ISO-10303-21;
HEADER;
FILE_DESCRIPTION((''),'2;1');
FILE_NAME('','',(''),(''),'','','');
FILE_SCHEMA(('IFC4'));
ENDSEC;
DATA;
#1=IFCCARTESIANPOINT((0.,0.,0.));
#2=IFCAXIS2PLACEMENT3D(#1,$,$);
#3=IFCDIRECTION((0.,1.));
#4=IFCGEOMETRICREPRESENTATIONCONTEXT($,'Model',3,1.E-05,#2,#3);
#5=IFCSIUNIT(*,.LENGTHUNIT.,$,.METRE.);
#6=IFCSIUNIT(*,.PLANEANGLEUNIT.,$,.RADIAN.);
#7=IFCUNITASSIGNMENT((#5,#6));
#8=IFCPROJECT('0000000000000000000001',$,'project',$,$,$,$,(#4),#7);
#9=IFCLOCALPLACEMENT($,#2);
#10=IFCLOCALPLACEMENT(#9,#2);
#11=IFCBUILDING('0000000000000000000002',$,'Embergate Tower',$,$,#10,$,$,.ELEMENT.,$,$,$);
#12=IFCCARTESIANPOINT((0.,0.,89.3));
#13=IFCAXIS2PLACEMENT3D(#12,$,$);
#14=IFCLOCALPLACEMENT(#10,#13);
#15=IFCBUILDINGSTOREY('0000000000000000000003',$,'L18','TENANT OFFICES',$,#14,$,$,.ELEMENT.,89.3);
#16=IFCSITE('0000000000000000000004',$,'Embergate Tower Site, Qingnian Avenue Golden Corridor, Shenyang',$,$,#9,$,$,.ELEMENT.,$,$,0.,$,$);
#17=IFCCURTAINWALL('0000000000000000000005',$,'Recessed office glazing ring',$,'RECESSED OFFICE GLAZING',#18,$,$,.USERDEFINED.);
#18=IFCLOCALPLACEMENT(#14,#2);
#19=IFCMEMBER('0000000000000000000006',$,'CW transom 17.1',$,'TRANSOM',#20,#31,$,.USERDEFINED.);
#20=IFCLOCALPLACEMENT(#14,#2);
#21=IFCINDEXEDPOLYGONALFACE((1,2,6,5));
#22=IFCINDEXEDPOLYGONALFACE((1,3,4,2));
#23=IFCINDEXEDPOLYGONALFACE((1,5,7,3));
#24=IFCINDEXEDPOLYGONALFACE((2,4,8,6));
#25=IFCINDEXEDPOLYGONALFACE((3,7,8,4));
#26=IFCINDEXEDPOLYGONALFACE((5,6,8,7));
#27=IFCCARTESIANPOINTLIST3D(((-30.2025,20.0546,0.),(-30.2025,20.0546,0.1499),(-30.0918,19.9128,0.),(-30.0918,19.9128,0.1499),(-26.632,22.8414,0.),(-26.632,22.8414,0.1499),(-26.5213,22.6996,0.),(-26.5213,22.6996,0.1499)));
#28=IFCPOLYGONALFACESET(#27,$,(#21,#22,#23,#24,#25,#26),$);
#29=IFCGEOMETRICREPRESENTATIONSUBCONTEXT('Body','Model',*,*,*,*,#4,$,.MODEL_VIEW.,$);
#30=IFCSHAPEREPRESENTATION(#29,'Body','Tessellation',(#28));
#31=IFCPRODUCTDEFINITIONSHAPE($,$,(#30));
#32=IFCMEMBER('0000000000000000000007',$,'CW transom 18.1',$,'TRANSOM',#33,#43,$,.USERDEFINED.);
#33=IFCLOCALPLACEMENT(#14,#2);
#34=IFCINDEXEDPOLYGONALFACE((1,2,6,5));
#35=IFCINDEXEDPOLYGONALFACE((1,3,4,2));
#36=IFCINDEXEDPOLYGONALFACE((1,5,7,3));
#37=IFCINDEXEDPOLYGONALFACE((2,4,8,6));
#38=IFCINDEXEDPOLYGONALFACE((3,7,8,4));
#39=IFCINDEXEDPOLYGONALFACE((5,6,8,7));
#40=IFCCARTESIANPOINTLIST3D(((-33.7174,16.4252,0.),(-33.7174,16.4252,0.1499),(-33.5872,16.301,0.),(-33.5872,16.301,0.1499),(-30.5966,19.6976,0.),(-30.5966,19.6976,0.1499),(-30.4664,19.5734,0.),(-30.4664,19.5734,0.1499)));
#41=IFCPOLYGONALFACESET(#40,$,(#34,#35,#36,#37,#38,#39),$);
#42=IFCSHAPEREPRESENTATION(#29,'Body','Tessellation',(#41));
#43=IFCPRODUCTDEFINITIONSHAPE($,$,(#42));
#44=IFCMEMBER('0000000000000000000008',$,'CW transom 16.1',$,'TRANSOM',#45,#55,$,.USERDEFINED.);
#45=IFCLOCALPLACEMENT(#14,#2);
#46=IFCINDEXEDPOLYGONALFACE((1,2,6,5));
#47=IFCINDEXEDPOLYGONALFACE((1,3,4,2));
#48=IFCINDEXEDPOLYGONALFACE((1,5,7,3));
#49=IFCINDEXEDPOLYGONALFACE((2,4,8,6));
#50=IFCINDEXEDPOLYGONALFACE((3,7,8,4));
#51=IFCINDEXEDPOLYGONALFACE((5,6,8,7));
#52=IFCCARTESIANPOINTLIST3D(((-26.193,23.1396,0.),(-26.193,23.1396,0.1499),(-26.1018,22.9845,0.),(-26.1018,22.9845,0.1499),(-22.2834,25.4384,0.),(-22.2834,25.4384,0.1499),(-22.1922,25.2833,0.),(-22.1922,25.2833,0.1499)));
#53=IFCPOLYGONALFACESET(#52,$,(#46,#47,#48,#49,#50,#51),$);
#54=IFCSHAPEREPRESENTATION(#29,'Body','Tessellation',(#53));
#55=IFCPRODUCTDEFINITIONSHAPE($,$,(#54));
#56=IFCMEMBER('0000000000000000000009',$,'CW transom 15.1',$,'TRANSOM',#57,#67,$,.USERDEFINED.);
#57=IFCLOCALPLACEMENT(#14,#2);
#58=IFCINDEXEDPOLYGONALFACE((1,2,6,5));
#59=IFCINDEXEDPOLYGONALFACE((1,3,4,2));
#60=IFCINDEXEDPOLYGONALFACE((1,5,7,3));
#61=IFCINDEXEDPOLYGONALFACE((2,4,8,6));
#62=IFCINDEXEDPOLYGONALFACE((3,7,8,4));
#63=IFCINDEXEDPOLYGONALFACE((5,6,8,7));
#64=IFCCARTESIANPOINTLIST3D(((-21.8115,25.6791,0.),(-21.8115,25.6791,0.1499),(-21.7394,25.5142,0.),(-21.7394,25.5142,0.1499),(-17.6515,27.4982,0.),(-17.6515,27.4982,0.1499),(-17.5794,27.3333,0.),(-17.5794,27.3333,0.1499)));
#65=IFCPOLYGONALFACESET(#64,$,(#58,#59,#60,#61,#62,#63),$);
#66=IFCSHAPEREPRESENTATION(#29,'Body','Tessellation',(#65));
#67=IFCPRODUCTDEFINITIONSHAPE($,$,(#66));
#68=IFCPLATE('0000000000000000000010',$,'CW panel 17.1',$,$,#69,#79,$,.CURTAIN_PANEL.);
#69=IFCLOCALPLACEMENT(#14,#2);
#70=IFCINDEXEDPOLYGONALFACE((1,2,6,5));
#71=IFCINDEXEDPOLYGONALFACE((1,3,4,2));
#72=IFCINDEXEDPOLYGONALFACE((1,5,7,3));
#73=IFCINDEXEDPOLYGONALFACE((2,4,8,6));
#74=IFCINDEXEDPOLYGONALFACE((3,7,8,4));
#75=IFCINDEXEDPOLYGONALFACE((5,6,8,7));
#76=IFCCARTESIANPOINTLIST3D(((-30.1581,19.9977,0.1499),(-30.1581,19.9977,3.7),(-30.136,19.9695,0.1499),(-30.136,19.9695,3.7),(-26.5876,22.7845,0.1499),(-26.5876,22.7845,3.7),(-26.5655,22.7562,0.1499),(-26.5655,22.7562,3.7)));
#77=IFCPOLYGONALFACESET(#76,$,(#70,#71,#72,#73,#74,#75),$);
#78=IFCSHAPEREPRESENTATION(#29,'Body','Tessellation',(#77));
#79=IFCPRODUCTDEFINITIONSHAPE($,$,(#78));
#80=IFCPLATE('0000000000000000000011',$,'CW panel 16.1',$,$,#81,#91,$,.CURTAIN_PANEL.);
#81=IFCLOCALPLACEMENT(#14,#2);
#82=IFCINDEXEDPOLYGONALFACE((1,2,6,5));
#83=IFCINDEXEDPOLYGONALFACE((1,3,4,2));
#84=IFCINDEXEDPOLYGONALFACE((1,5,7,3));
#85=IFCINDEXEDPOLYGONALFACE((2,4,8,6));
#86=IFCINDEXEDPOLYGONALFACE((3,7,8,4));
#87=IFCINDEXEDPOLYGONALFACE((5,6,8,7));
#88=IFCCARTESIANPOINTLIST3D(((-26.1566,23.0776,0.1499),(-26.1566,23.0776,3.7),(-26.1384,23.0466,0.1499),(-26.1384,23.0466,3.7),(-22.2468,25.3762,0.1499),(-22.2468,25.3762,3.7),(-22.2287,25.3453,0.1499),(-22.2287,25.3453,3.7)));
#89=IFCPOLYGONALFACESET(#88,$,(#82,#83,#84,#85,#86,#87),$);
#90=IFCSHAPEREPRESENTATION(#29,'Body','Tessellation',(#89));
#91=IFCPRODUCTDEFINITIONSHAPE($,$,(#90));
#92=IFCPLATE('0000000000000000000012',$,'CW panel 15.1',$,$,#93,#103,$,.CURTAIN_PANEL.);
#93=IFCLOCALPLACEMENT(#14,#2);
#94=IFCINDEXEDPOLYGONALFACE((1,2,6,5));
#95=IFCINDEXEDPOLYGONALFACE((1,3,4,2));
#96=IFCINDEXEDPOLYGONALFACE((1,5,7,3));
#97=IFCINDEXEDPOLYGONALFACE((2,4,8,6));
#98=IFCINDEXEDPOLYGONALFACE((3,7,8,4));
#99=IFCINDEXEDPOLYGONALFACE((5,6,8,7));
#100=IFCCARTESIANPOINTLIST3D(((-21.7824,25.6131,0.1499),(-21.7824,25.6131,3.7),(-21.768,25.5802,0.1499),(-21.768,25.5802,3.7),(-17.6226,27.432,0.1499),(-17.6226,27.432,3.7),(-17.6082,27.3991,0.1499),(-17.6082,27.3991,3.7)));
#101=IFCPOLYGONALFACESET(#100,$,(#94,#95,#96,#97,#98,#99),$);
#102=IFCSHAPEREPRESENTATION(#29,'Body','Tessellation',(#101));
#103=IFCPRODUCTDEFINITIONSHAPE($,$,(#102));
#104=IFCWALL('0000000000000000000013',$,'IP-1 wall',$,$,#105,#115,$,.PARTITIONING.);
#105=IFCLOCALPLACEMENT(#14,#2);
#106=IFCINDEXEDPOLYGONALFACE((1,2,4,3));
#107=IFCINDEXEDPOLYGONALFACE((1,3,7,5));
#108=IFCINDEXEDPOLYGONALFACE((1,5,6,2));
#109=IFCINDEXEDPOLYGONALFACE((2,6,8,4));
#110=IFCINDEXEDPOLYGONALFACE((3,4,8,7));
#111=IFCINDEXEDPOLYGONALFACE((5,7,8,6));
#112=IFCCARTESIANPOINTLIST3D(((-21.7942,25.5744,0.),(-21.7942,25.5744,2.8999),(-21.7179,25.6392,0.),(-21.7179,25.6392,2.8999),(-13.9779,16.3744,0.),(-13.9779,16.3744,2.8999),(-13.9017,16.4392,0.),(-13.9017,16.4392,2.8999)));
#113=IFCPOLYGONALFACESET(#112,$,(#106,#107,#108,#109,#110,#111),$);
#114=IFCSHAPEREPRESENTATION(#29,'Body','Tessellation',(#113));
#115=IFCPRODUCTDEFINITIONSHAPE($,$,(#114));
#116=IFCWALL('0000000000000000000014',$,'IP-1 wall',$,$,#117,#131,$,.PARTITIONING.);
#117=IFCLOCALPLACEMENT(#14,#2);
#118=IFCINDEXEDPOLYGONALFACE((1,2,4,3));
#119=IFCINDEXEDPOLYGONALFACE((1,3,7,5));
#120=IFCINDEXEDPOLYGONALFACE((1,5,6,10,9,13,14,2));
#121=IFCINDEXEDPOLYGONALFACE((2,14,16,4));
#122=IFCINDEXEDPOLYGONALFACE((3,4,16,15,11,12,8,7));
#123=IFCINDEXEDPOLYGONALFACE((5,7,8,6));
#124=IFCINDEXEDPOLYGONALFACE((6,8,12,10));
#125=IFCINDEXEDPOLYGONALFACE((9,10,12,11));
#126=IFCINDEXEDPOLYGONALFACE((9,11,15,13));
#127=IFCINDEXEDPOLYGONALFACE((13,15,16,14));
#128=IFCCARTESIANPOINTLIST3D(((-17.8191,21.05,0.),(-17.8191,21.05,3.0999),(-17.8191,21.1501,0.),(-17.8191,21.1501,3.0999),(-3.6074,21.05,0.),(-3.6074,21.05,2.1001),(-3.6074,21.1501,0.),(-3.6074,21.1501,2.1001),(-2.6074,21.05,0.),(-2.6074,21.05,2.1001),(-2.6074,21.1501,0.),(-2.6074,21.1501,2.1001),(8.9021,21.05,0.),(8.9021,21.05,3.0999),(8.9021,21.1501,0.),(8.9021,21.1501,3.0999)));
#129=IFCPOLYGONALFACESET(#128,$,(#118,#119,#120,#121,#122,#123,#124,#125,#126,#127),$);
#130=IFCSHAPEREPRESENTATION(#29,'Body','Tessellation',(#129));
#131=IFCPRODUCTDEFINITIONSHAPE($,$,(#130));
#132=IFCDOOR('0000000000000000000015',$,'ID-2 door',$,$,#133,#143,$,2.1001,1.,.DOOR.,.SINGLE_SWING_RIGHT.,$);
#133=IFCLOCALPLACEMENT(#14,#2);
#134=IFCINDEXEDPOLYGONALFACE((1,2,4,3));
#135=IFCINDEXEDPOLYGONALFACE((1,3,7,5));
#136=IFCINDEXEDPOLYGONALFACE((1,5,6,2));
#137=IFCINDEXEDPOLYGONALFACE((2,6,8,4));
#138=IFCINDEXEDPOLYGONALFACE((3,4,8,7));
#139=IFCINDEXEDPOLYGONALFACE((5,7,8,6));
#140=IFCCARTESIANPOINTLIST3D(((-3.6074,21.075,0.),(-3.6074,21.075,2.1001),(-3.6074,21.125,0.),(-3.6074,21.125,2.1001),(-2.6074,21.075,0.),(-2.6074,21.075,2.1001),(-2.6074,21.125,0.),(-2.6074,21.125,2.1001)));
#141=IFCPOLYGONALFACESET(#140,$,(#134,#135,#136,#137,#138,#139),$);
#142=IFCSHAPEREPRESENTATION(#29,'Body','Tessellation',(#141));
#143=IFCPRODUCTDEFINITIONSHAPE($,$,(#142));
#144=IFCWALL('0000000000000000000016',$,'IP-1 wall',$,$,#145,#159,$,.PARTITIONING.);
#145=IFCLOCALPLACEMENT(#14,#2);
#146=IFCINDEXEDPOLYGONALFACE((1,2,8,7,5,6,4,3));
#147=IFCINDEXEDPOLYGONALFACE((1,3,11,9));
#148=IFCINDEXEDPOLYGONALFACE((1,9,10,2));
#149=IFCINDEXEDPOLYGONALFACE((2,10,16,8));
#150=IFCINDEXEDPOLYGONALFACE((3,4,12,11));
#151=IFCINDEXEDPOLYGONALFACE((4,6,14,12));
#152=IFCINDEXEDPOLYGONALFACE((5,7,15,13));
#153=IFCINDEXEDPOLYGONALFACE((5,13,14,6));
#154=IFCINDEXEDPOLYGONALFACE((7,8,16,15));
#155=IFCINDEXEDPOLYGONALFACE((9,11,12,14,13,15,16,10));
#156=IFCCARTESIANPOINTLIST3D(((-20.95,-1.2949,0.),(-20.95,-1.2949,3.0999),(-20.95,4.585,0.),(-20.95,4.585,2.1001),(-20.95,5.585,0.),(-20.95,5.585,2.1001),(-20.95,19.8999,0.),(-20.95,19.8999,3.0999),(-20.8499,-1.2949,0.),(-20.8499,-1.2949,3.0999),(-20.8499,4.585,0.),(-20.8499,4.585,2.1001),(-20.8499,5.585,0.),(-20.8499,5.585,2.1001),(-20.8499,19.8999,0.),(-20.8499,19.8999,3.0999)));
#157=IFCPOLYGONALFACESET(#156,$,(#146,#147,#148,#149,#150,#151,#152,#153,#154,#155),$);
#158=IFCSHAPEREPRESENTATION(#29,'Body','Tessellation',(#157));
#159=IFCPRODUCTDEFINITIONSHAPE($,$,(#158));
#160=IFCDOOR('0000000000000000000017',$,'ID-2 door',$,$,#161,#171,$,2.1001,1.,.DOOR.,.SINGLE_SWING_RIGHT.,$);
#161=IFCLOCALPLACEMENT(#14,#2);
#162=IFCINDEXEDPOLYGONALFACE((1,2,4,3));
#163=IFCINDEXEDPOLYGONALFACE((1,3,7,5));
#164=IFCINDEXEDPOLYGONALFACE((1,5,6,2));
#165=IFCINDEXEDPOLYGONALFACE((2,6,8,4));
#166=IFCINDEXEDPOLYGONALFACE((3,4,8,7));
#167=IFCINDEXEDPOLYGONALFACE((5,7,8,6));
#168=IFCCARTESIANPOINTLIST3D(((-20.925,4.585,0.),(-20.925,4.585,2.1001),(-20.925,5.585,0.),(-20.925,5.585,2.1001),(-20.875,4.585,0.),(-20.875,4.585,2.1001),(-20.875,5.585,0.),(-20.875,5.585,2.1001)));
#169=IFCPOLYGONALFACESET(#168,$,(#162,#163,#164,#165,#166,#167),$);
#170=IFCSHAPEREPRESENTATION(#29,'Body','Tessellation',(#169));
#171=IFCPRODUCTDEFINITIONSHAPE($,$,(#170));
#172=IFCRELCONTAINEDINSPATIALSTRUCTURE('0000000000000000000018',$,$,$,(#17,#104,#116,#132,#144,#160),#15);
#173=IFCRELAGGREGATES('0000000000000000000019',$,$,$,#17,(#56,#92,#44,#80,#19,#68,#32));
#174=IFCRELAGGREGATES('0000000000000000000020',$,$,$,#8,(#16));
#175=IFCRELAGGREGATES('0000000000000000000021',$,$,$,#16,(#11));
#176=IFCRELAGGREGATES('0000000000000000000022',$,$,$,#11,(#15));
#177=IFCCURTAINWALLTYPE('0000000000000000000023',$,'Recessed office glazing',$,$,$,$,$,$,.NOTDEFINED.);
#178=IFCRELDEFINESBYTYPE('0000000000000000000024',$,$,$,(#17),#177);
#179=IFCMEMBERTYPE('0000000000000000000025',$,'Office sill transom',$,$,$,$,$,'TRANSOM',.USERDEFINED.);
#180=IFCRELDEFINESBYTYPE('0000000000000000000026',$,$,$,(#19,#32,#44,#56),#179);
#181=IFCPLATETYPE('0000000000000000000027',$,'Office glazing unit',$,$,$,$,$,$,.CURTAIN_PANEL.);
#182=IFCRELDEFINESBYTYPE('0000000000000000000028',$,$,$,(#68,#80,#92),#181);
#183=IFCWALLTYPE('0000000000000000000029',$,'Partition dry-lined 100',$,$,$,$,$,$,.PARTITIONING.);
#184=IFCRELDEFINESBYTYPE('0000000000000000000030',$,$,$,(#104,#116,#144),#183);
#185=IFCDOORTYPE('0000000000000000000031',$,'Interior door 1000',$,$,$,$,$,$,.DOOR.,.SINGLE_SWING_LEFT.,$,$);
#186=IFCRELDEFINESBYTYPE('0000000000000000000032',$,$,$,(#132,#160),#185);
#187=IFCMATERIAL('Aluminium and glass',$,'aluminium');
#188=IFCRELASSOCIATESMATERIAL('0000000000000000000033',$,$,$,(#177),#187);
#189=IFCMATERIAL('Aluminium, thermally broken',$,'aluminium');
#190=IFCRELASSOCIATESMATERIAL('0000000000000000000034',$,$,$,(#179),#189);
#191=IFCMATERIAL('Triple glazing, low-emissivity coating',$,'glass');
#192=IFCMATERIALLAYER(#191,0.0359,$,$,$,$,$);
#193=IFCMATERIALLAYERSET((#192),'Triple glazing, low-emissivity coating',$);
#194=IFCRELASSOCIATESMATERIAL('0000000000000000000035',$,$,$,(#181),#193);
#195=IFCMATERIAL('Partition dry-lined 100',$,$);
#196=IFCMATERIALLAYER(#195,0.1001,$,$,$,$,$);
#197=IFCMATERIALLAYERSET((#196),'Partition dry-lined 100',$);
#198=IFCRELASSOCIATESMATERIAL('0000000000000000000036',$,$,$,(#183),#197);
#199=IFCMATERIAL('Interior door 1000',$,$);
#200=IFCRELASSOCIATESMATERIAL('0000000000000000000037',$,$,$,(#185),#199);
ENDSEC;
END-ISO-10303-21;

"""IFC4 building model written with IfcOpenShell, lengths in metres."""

from ifc_helpers import new_model, si_unit, direction, frame, frame_2d, origin, origin_2d, place, context, subcontext, project, spatial, rectangle, extrude, source, transform, mapped, material, layer, layer_set, material_profile, profile_set, type_object, element, fill, aggregate, save


model = new_model("IFC4")

# Units and contexts
model_context = context("Model", 3, precision=1e-05, world=origin(), true_north=direction((0.0, 1.0)))
body_context = subcontext(model_context, "Body", "Model", "MODEL_VIEW")
ifc_project = project(units=[si_unit("LENGTHUNIT", "METRE"), si_unit("PLANEANGLEUNIT", "RADIAN")], contexts=[model_context])

# Site, building, storey
site_placement = place(None, origin())
site = spatial("IfcSite", under=ifc_project, at=site_placement, Name="Embergate Tower Site, Qingnian Avenue Golden Corridor, Shenyang", CompositionType="ELEMENT", RefElevation=0.0)
building_placement = place(site_placement, origin())
building = spatial("IfcBuilding", under=site, at=building_placement, Name="Embergate Tower", CompositionType="ELEMENT")
storey_placement = place(building_placement, frame((0.0, 0.0, 89.3)))
storey = spatial("IfcBuildingStorey", under=building, at=storey_placement, Name="L18", Description="TENANT OFFICES", CompositionType="ELEMENT", Elevation=89.3)

# Curtain wall, members, plates
ifc_material_1 = material(Name="Aluminium and glass", Category="aluminium")
curtain_wall_type = type_object("IfcCurtainWallType", Name="Recessed office glazing", PredefinedType="NOTDEFINED", material=ifc_material_1)
curtain_wall_placement = place(storey_placement, origin())
curtain_wall = element("IfcCurtainWall", 1, at=curtain_wall_placement, inside=storey, type_object=curtain_wall_type, Name="Recessed office glazing ring", ObjectType="RECESSED OFFICE GLAZING", PredefinedType="USERDEFINED")
ifc_material_2 = material(Name="Aluminium, thermally broken", Category="aluminium")
ifc_material_profile_1 = material_profile(ifc_material_2, rectangle(XDim=0.1799, YDim=0.1499, at=origin_2d()), Name="AL 150x180")
ifc_profile_set_1 = profile_set([ifc_material_profile_1], Name="Aluminium, thermally broken")
member_type_1 = type_object("IfcMemberType", Name="Office sill transom", ElementType="TRANSOM", PredefinedType="USERDEFINED", material=ifc_profile_set_1)
shared_shape_1 = source(origin(), body_context, "Body", "SweptSolid", [
    extrude(rectangle(XDim=0.1799, YDim=0.1499, at=origin_2d()), origin(), (0.0, 0.0, 1.0), 4.5293),
])
member_1_placement = place(storey_placement, frame((-26.5767, 22.7705, 0.075), z_axis=(-0.788306, -0.615283, 0.0), x_axis=(0.615283, -0.788306, 0.0)))
member_1 = element("IfcMember", 2, at=member_1_placement, type_object=member_type_1, Name="CW transom 17.1", ObjectType="TRANSOM", PredefinedType="USERDEFINED", context=body_context, shape_type="MappedRepresentation", body=[
    mapped(shared_shape_1, transform((0.0, 0.0, 0.0))),
])
shared_shape_2 = source(origin(), body_context, "Body", "SweptSolid", [
    extrude(rectangle(XDim=0.1799, YDim=0.1499, at=origin_2d()), origin(), (0.0, 0.0, 1.0), 4.522),
])
member_2_placement = place(storey_placement, frame((-30.5315, 19.6355, 0.075), z_axis=(-0.690144, -0.723672, 0.0), x_axis=(0.723672, -0.690144, 0.0)))
member_2 = element("IfcMember", 3, at=member_2_placement, type_object=member_type_1, Name="CW transom 18.1", ObjectType="TRANSOM", PredefinedType="USERDEFINED", context=body_context, shape_type="MappedRepresentation", body=[
    mapped(shared_shape_2, transform((0.0, 0.0, 0.0))),
])
shared_shape_3 = source(origin(), body_context, "Body", "SweptSolid", [
    extrude(rectangle(XDim=0.1799, YDim=0.1499, at=origin_2d()), origin(), (0.0, 0.0, 1.0), 4.5354),
])
member_3_placement = place(storey_placement, frame((-22.2378, 25.3608, 0.075), z_axis=(-0.862028, -0.50686, 0.0), x_axis=(0.50686, -0.862028, 0.0)))
member_3 = element("IfcMember", 4, at=member_3_placement, type_object=member_type_1, Name="CW transom 16.1", ObjectType="TRANSOM", PredefinedType="USERDEFINED", context=body_context, shape_type="MappedRepresentation", body=[
    mapped(shared_shape_3, transform((0.0, 0.0, 0.0))),
])
shared_shape_4 = source(origin(), body_context, "Body", "SweptSolid", [
    extrude(rectangle(XDim=0.1799, YDim=0.1499, at=origin_2d()), origin(), (0.0, 0.0, 1.0), 4.5403),
])
member_4_placement = place(storey_placement, frame((-17.6155, 27.4158, 0.075), z_axis=(-0.916228, -0.400658, 0.0), x_axis=(0.400658, -0.916228, 0.0)))
member_4 = element("IfcMember", 5, at=member_4_placement, type_object=member_type_1, Name="CW transom 15.1", ObjectType="TRANSOM", PredefinedType="USERDEFINED", context=body_context, shape_type="MappedRepresentation", body=[
    mapped(shared_shape_4, transform((0.0, 0.0, 0.0))),
])
ifc_material_3 = material(Name="Triple glazing, low-emissivity coating", Category="glass")
ifc_layer_1 = layer(ifc_material_3, 0.0359)
ifc_layer_set_1 = layer_set([ifc_layer_1], Name="Triple glazing, low-emissivity coating")
plate_type = type_object("IfcPlateType", Name="Office glazing unit", PredefinedType="CURTAIN_PANEL", material=ifc_layer_set_1)
shared_shape_5 = source(origin(), body_context, "Body", "SweptSolid", [
    extrude(rectangle(XDim=4.5293, YDim=0.0359, at=origin_2d()), origin(), (0.0, 0.0, 1.0), 3.55),
])
plate_1_placement = place(storey_placement, frame((-28.3618, 21.377, 0.1499), z_axis=(0.0, 0.0, 1.0), x_axis=(-0.788321, -0.615264, 0.0)))
plate_1 = element("IfcPlate", 6, at=plate_1_placement, type_object=plate_type, Name="CW panel 17.1", PredefinedType="CURTAIN_PANEL", context=body_context, shape_type="MappedRepresentation", body=[
    mapped(shared_shape_5, transform((0.0, 0.0, 0.0))),
])
shared_shape_6 = source(origin(), body_context, "Body", "SweptSolid", [
    extrude(rectangle(XDim=4.5354, YDim=0.0359, at=origin_2d()), origin(), (0.0, 0.0, 1.0), 3.55),
])
plate_2_placement = place(storey_placement, frame((-24.1926, 24.2114, 0.1499), z_axis=(0.0, 0.0, 1.0), x_axis=(-0.862053, -0.506818, 0.0)))
plate_2 = element("IfcPlate", 7, at=plate_2_placement, type_object=plate_type, Name="CW panel 16.1", PredefinedType="CURTAIN_PANEL", context=body_context, shape_type="MappedRepresentation", body=[
    mapped(shared_shape_6, transform((0.0, 0.0, 0.0))),
])
shared_shape_7 = source(origin(), body_context, "Body", "SweptSolid", [
    extrude(rectangle(XDim=4.54, YDim=0.0359, at=origin_2d()), origin(), (0.0, 0.0, 1.0), 3.55),
])
plate_3_placement = place(storey_placement, frame((-19.6953, 26.5061, 0.1499), z_axis=(0.0, 0.0, 1.0), x_axis=(-0.916236, -0.400638, 0.0)))
plate_3 = element("IfcPlate", 8, at=plate_3_placement, type_object=plate_type, Name="CW panel 15.1", PredefinedType="CURTAIN_PANEL", context=body_context, shape_type="MappedRepresentation", body=[
    mapped(shared_shape_7, transform((0.0, 0.0, 0.0))),
])
aggregate(curtain_wall, [member_4, plate_3, member_3, plate_2, member_1, plate_1, member_2])

# Wall
ifc_material_4 = material(Name="Partition dry-lined 100")
ifc_layer_2 = layer(ifc_material_4, 0.1001)
ifc_layer_set_2 = layer_set([ifc_layer_2], Name="Partition dry-lined 100")
wall_type = type_object("IfcWallType", Name="Partition dry-lined 100", PredefinedType="PARTITIONING", material=ifc_layer_set_2)
shared_shape_8 = source(origin(), body_context, "Body", "SweptSolid", [
    extrude(rectangle(XDim=12.072, YDim=0.1001, at=frame_2d((6.0361, 0.0))), origin(), (0.0, 0.0, 1.0), 2.8999),
])
wall_1_placement = place(storey_placement, frame((-21.7561, 25.6069, 0.0), z_axis=(0.0, 0.0, 1.0), x_axis=(0.647466, -0.762094, 0.0)))
element("IfcWall", 9, at=wall_1_placement, inside=storey, type_object=wall_type, Name="IP-1 wall", PredefinedType="PARTITIONING", context=body_context, shape_type="MappedRepresentation", body=[
    mapped(shared_shape_8, transform((0.0, 0.0, 0.0))),
])

# Walls, openings, doors
shared_shape_9 = source(origin(), body_context, "Body", "SweptSolid", [
    extrude(rectangle(XDim=26.7212, YDim=0.1001, at=frame_2d((13.3606, 0.0))), origin(), (0.0, 0.0, 1.0), 3.0999),
])
wall_2_placement = place(storey_placement, frame((-17.8191, 21.1001, 0.0), z_axis=(0.0, 0.0, 1.0), x_axis=(1.0, 0.0, 0.0)))
wall_2 = element("IfcWall", 10, at=wall_2_placement, inside=storey, type_object=wall_type, Name="IP-1 wall", PredefinedType="PARTITIONING", context=body_context, shape_type="MappedRepresentation", body=[
    mapped(shared_shape_9, transform((0.0, 0.0, 0.0))),
])
shared_shape_10 = source(origin(), body_context, "Body", "SweptSolid", [
    extrude(rectangle(XDim=1.0, YDim=2.1001, at=frame_2d((0.5, 1.05))), frame((0.0, 0.0601, 0.0), z_axis=(0.0, -1.0, 0.0), x_axis=(1.0, 0.0, 0.0)), (0.0, 0.0, 1.0), 0.1201),
])
opening_1_placement = place(wall_2_placement, frame((14.2117, 0.0, 0.0)))
opening_1 = element("IfcOpeningElement", 11, at=opening_1_placement, cuts=wall_2, PredefinedType="OPENING", context=body_context, shape_type="MappedRepresentation", body=[
    mapped(shared_shape_10, transform((0.0, 0.0, 0.0))),
])
ifc_material_5 = material(Name="Interior door 1000")
door_type = type_object("IfcDoorType", Name="Interior door 1000", OperationType="SINGLE_SWING_LEFT", PredefinedType="DOOR", material=ifc_material_5)
shared_shape_11 = source(origin(), body_context, "Body", "SweptSolid", [
    extrude(rectangle(XDim=1.0, YDim=2.1001, at=frame_2d((0.5, 1.05))), frame((0.0, 0.0249, 0.0), z_axis=(0.0, -1.0, 0.0), x_axis=(1.0, 0.0, 0.0)), (0.0, 0.0, 1.0), 0.05),
])
door_1_placement = place(opening_1_placement, origin())
door_1 = element("IfcDoor", 12, at=door_1_placement, inside=storey, type_object=door_type, Name="ID-2 door", OperationType="SINGLE_SWING_RIGHT", OverallHeight=2.1001, OverallWidth=1.0, PredefinedType="DOOR", context=body_context, shape_type="MappedRepresentation", body=[
    mapped(shared_shape_11, transform((0.0, 0.0, 0.0))),
])
fill(opening_1, door_1)
shared_shape_12 = source(origin(), body_context, "Body", "SweptSolid", [
    extrude(rectangle(XDim=21.1948, YDim=0.1001, at=frame_2d((10.5974, 0.0))), origin(), (0.0, 0.0, 1.0), 3.0999),
])
wall_3_placement = place(storey_placement, frame((-20.8999, 19.8999, 0.0), z_axis=(0.0, 0.0, 1.0), x_axis=(0.0, -1.0, 0.0)))
wall_3 = element("IfcWall", 13, at=wall_3_placement, inside=storey, type_object=wall_type, Name="IP-1 wall", PredefinedType="PARTITIONING", context=body_context, shape_type="MappedRepresentation", body=[
    mapped(shared_shape_12, transform((0.0, 0.0, 0.0))),
])
opening_2_placement = place(wall_3_placement, frame((14.3149, 0.0, 0.0)))
opening_2 = element("IfcOpeningElement", 14, at=opening_2_placement, cuts=wall_3, PredefinedType="OPENING", context=body_context, shape_type="MappedRepresentation", body=[
    mapped(shared_shape_10, transform((0.0, 0.0, 0.0))),
])
door_2_placement = place(opening_2_placement, origin())
door_2 = element("IfcDoor", 15, at=door_2_placement, inside=storey, type_object=door_type, Name="ID-2 door", OperationType="SINGLE_SWING_RIGHT", OverallHeight=2.1001, OverallWidth=1.0, PredefinedType="DOOR", context=body_context, shape_type="MappedRepresentation", body=[
    mapped(shared_shape_11, transform((0.0, 0.0, 0.0))),
])
fill(opening_2, door_2)

save(model, "model.ifc")
